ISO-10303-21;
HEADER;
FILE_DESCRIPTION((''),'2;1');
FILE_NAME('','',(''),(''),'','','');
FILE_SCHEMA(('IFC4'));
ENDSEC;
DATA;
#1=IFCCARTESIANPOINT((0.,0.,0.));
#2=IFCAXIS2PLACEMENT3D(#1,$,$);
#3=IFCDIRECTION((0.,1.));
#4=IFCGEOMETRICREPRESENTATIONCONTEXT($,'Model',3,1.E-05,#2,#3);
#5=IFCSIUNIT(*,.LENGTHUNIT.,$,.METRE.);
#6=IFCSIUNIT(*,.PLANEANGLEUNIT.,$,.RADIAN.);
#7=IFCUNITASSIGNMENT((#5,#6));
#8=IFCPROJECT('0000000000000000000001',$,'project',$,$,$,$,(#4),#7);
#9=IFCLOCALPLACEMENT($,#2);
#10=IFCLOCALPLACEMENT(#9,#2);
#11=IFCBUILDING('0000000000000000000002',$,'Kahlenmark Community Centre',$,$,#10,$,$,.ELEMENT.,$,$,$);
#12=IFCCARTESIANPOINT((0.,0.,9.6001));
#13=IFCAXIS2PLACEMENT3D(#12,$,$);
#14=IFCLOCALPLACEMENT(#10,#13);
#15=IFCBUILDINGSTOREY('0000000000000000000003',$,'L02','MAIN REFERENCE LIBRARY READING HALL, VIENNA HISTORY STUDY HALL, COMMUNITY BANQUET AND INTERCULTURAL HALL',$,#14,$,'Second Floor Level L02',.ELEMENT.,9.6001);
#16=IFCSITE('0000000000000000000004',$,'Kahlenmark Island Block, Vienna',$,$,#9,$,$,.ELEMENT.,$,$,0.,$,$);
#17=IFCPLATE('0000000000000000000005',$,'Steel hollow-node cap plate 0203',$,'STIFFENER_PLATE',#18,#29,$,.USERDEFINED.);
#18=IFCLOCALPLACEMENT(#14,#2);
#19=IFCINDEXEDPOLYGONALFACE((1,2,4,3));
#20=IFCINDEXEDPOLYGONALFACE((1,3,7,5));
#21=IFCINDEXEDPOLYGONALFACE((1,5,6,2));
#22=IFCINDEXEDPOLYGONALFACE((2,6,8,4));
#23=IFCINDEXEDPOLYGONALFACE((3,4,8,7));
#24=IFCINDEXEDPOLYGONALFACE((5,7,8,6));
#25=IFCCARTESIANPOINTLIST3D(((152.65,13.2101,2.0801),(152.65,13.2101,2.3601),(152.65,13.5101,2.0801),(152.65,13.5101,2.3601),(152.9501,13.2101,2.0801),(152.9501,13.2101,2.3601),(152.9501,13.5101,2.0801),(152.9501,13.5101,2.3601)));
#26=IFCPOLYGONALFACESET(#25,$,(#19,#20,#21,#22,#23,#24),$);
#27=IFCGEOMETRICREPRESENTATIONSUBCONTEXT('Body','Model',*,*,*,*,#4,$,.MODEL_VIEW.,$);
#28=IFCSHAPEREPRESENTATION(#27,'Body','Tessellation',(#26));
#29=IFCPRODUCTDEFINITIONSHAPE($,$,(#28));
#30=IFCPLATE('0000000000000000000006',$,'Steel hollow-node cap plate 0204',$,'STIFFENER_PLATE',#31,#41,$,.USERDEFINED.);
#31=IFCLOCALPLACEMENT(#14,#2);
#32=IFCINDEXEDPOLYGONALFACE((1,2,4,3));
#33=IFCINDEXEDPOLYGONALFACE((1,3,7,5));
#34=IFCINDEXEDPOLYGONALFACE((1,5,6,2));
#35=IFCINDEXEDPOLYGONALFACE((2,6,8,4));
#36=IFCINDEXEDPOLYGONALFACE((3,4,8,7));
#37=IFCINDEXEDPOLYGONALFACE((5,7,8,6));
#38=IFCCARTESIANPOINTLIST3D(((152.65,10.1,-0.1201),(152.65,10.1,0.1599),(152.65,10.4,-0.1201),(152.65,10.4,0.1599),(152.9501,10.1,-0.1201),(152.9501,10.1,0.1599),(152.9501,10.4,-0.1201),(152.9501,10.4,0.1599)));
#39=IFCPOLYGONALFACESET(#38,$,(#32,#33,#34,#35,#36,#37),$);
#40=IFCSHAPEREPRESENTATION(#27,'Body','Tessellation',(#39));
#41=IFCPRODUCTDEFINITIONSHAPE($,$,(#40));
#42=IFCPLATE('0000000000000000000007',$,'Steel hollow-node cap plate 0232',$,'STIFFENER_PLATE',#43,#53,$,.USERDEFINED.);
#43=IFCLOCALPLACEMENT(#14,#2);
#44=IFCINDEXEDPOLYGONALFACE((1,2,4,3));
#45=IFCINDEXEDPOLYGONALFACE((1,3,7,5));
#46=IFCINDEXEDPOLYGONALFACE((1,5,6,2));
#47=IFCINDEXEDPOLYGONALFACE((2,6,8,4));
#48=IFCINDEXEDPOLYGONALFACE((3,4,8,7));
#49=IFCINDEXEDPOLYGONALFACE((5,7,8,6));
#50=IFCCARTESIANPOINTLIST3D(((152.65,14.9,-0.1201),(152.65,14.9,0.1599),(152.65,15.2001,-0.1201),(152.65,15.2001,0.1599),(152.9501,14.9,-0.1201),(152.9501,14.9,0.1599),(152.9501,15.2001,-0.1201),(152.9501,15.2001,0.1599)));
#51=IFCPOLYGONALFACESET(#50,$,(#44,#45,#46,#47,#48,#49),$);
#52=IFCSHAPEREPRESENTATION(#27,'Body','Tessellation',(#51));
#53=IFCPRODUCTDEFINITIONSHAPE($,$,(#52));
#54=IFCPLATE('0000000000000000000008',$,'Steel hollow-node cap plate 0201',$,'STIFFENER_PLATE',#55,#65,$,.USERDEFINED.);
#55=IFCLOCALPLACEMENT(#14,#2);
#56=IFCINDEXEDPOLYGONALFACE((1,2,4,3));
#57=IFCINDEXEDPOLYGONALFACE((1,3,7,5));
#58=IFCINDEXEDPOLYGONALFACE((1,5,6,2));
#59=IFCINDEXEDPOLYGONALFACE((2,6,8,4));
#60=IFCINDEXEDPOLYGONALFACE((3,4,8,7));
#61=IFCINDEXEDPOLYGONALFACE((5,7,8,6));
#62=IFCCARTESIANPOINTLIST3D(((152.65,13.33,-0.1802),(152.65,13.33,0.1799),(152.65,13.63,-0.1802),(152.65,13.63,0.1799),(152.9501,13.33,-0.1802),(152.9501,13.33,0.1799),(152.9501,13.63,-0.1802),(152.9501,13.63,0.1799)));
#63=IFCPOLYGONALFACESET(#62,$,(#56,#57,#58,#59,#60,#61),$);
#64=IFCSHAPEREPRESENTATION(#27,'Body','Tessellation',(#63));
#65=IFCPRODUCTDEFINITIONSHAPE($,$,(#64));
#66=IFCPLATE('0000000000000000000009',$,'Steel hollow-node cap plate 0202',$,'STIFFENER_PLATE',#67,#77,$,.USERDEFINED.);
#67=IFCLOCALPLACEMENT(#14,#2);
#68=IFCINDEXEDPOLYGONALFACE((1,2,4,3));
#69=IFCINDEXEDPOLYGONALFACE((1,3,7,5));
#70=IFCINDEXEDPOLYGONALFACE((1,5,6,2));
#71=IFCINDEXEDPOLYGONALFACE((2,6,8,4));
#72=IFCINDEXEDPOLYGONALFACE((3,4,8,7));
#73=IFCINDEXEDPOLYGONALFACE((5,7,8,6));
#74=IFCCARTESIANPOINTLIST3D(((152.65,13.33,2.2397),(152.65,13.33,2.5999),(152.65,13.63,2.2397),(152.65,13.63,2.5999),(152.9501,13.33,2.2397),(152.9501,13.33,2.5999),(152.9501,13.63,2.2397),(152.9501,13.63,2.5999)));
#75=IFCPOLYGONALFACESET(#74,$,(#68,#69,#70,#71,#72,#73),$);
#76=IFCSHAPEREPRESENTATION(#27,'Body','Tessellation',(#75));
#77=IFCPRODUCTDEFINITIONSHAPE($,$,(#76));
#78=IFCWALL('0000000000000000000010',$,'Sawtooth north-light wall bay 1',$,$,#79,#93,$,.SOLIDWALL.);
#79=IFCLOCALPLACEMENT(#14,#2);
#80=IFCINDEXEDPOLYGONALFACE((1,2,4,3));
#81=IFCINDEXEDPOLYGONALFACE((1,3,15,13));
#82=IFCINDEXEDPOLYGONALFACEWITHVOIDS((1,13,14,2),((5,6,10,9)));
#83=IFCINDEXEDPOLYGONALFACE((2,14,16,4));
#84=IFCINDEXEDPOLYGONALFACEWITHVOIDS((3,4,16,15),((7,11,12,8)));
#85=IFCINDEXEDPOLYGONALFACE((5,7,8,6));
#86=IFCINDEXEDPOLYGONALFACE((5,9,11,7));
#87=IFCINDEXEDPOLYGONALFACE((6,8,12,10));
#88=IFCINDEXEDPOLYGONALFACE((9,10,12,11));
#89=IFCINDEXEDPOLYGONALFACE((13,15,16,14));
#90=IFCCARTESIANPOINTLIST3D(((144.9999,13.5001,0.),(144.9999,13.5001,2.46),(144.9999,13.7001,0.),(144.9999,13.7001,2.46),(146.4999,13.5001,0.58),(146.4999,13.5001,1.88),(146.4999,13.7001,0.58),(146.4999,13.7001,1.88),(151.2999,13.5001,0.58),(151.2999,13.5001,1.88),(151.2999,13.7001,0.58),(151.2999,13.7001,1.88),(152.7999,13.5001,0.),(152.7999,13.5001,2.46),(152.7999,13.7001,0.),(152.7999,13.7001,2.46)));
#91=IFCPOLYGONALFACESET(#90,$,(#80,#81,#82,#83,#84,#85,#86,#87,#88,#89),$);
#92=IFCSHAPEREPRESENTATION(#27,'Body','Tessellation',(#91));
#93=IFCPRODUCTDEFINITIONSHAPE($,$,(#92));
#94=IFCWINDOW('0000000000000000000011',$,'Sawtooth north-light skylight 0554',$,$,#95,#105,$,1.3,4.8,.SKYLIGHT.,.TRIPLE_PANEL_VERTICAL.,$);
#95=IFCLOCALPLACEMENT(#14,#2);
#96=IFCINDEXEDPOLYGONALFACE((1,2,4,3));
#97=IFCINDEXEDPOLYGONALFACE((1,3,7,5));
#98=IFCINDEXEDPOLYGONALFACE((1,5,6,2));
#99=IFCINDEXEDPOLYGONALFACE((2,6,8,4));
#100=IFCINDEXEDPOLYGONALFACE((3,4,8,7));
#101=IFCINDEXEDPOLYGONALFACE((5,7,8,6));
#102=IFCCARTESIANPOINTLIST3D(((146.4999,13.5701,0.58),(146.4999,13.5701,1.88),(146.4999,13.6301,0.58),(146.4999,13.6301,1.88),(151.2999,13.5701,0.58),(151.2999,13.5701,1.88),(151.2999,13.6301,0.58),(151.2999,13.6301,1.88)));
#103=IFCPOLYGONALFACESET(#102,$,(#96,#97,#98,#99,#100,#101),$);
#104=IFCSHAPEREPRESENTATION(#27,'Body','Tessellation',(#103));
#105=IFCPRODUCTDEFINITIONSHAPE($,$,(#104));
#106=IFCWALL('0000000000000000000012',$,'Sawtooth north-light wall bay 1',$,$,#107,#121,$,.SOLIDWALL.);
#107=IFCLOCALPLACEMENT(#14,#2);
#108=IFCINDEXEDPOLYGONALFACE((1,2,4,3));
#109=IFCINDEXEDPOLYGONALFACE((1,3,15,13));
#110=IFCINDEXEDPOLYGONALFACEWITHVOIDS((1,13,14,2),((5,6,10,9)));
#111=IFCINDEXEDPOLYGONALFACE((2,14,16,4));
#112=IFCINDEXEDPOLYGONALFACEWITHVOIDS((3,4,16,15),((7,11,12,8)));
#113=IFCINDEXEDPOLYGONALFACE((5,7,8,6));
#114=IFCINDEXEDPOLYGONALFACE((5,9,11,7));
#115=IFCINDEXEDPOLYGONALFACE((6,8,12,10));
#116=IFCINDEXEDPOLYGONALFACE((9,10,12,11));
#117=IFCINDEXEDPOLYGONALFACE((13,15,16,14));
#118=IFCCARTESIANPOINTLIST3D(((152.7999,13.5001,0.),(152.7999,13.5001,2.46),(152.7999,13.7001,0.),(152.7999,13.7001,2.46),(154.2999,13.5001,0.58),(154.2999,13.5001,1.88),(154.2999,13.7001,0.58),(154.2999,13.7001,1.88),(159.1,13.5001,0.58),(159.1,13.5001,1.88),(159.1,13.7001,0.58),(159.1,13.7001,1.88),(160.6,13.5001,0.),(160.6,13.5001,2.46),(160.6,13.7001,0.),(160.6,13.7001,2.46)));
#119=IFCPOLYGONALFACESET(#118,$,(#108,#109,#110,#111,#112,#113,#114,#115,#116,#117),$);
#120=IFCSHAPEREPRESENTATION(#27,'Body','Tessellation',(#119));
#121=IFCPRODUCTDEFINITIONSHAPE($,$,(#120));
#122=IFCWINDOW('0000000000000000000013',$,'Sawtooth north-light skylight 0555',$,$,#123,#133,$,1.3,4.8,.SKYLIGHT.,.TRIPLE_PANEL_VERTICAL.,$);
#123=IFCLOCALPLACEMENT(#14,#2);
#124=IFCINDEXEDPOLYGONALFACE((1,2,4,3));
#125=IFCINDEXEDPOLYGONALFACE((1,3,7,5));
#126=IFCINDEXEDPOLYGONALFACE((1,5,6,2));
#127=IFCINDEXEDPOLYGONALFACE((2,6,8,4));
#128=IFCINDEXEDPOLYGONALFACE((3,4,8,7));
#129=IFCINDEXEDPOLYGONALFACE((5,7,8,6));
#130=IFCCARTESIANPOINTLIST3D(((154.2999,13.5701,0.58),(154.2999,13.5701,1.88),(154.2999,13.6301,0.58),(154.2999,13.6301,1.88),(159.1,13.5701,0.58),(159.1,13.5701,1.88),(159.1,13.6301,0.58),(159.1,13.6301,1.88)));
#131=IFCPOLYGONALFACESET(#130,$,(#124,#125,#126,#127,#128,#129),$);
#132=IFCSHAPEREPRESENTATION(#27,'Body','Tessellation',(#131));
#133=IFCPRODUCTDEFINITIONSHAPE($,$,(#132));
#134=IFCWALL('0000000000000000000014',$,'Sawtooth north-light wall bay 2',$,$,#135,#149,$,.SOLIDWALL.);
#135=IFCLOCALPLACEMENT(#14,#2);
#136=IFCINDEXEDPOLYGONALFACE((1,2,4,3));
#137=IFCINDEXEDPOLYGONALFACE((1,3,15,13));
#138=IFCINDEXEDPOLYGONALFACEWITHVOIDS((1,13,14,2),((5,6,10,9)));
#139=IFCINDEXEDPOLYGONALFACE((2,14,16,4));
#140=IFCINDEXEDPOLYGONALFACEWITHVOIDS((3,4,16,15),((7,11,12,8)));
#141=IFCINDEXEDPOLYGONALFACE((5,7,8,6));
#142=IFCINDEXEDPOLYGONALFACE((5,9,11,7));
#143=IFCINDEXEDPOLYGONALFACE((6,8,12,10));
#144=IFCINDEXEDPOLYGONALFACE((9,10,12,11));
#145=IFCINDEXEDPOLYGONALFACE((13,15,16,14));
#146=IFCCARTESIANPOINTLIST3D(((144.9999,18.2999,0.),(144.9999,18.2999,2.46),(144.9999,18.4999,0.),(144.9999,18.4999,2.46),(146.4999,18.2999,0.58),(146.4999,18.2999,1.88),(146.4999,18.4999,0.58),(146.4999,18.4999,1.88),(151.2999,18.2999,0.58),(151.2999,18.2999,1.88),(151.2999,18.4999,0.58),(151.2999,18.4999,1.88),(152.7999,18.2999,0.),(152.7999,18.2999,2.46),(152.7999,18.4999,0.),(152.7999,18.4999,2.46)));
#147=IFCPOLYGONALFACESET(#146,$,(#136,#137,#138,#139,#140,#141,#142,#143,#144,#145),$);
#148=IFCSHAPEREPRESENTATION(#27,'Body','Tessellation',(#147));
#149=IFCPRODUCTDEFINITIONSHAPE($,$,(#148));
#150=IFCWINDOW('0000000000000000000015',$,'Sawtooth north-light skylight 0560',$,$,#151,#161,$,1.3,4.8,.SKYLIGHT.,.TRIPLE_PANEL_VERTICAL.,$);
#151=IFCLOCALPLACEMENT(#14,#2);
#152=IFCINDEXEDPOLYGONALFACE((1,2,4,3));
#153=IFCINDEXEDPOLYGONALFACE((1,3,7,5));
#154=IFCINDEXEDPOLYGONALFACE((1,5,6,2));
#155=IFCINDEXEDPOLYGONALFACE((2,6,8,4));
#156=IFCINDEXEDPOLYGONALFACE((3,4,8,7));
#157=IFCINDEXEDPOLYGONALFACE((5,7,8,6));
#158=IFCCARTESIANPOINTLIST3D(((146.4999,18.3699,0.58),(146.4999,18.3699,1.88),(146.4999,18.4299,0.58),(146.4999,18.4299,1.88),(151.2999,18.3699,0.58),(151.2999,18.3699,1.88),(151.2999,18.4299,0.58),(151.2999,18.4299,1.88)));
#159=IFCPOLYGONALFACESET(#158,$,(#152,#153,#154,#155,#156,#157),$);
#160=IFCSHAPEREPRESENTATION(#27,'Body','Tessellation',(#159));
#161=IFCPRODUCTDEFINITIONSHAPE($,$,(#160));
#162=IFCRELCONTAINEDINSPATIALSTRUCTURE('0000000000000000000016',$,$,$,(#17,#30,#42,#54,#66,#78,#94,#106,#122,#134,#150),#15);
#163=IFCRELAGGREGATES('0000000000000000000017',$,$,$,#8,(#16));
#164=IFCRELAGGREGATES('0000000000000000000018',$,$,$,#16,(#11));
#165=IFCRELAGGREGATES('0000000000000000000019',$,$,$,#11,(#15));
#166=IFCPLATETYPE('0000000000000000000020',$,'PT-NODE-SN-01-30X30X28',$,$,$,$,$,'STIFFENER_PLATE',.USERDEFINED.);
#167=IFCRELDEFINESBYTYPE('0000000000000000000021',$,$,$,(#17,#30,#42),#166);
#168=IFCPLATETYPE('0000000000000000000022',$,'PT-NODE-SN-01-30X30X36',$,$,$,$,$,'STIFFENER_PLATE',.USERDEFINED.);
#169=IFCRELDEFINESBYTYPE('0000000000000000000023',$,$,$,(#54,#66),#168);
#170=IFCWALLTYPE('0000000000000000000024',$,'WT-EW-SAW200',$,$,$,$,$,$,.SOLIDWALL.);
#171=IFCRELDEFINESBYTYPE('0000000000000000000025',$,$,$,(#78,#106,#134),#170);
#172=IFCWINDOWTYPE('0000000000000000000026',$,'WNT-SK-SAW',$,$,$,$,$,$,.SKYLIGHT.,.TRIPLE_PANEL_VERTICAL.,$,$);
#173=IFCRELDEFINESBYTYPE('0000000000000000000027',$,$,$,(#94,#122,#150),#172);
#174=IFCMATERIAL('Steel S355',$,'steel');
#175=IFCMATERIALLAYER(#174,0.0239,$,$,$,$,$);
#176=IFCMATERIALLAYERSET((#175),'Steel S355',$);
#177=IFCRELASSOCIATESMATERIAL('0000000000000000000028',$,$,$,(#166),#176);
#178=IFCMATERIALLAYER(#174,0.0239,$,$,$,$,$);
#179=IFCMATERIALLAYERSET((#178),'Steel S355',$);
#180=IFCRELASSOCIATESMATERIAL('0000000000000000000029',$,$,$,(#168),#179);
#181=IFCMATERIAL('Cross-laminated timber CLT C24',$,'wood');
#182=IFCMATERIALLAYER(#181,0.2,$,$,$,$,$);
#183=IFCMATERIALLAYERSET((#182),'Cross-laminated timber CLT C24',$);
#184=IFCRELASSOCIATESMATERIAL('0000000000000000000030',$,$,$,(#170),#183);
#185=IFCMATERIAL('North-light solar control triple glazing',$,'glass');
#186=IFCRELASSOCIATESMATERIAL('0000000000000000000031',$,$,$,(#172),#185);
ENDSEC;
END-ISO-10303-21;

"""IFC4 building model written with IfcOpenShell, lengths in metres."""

from ifc_helpers import new_model, si_unit, direction, frame, frame_2d, origin, origin_2d, place, context, subcontext, project, spatial, rectangle, extrude, material, layer, layer_set, type_object, element, fill, save


model = new_model("IFC4")

# Units and contexts
model_context = context("Model", 3, precision=1e-05, world=origin(), true_north=direction((0.0, 1.0)))
body_context = subcontext(model_context, "Body", "Model", "MODEL_VIEW")
ifc_project = project(units=[si_unit("LENGTHUNIT", "METRE"), si_unit("PLANEANGLEUNIT", "RADIAN")], contexts=[model_context])

# Site, building, storey
site_placement = place(None, origin())
site = spatial("IfcSite", under=ifc_project, at=site_placement, Name="Kahlenmark Island Block, Vienna", CompositionType="ELEMENT", RefElevation=0.0)
building_placement = place(site_placement, origin())
building = spatial("IfcBuilding", under=site, at=building_placement, Name="Kahlenmark Community Centre", CompositionType="ELEMENT")
storey_placement = place(building_placement, frame((0.0, 0.0, 9.6001)))
storey = spatial("IfcBuildingStorey", under=building, at=storey_placement, Name="L02", Description="MAIN REFERENCE LIBRARY READING HALL, VIENNA HISTORY STUDY HALL, COMMUNITY BANQUET AND INTERCULTURAL HALL", LongName="Second Floor Level L02", CompositionType="ELEMENT", Elevation=9.6001)

# Shared definitions
ifc_material_1 = material(Name="Steel S355", Category="steel")

# Plates
ifc_layer_1 = layer(ifc_material_1, 0.0239)
ifc_layer_set_1 = layer_set([ifc_layer_1], Name="Steel S355")
plate_type_1 = type_object("IfcPlateType", Name="PT-NODE-SN-01-30X30X28", ElementType="STIFFENER_PLATE", PredefinedType="USERDEFINED", material=ifc_layer_set_1)
for number, where, z_axis, x_axis, name in (
    (1, (152.8, 13.3601, 2.0801), (0.0, 0.0, 1.0), (1.0, 0.0, 0.0), "Steel hollow-node cap plate 0203"),
    (2, (152.8, 10.25, -0.1201), (0.0, 0.0, 1.0), (1.0, 0.0, 0.0), "Steel hollow-node cap plate 0204"),
    (3, (152.8, 15.05, -0.1201), (0.0, 0.0, 1.0), (1.0, 0.0, 0.0), "Steel hollow-node cap plate 0232"),
):
    element("IfcPlate", number, at=place(storey_placement, frame(where, z_axis=z_axis, x_axis=x_axis)), inside=storey, type_object=plate_type_1, Name=name, ObjectType="STIFFENER_PLATE", PredefinedType="USERDEFINED", context=body_context, shape_type="SweptSolid", body=[
        extrude(rectangle(XDim=0.3, YDim=0.3, at=origin_2d()), origin(), (0.0, 0.0, 1.0), 0.28),
    ])
ifc_layer_2 = layer(ifc_material_1, 0.0239)
ifc_layer_set_2 = layer_set([ifc_layer_2], Name="Steel S355")
plate_type_2 = type_object("IfcPlateType", Name="PT-NODE-SN-01-30X30X36", ElementType="STIFFENER_PLATE", PredefinedType="USERDEFINED", material=ifc_layer_set_2)
for number, where, z_axis, x_axis, name in (
    (4, (152.8, 13.48, -0.1802), (0.0, 0.0, 1.0), (1.0, 0.0, 0.0), "Steel hollow-node cap plate 0201"),
    (5, (152.8, 13.48, 2.2397), (0.0, 0.0, 1.0), (1.0, 0.0, 0.0), "Steel hollow-node cap plate 0202"),
):
    element("IfcPlate", number, at=place(storey_placement, frame(where, z_axis=z_axis, x_axis=x_axis)), inside=storey, type_object=plate_type_2, Name=name, ObjectType="STIFFENER_PLATE", PredefinedType="USERDEFINED", context=body_context, shape_type="SweptSolid", body=[
        extrude(rectangle(XDim=0.3, YDim=0.3, at=origin_2d()), origin(), (0.0, 0.0, 1.0), 0.3601),
    ])

# Walls, openings, windows
ifc_material_2 = material(Name="Cross-laminated timber CLT C24", Category="wood")
ifc_layer_3 = layer(ifc_material_2, 0.2)
ifc_layer_set_3 = layer_set([ifc_layer_3], Name="Cross-laminated timber CLT C24")
wall_type = type_object("IfcWallType", Name="WT-EW-SAW200", PredefinedType="SOLIDWALL", material=ifc_layer_set_3)
wall_1_placement = place(storey_placement, frame((145.0, 13.6001, 0.0), z_axis=(0.0, 0.0, 1.0), x_axis=(1.0, 0.0, 0.0)))
wall_1 = element("IfcWall", 6, at=wall_1_placement, inside=storey, type_object=wall_type, Name="Sawtooth north-light wall bay 1", PredefinedType="SOLIDWALL", context=body_context, shape_type="SweptSolid", body=[
    extrude(rectangle(XDim=7.8, YDim=0.2, at=frame_2d((3.8999, 0.0))), origin(), (0.0, 0.0, 1.0), 2.46),
])
opening_1_placement = place(wall_1_placement, frame((1.5, 0.0, 0.5801)))
opening_1 = element("IfcOpeningElement", 7, at=opening_1_placement, cuts=wall_1, PredefinedType="OPENING", context=body_context, shape_type="SweptSolid", body=[
    extrude(rectangle(XDim=4.8, YDim=1.3, at=frame_2d((2.3999, 0.6499))), frame((0.0, 0.1099, 0.0), z_axis=(0.0, -1.0, 0.0), x_axis=(1.0, 0.0, 0.0)), (0.0, 0.0, 1.0), 0.22),
])
ifc_material_3 = material(Name="North-light solar control triple glazing", Category="glass")
window_type = type_object("IfcWindowType", Name="WNT-SK-SAW", PartitioningType="TRIPLE_PANEL_VERTICAL", PredefinedType="SKYLIGHT", material=ifc_material_3)
window_1_placement = place(opening_1_placement, origin())
window_1 = element("IfcWindow", 8, at=window_1_placement, inside=storey, type_object=window_type, Name="Sawtooth north-light skylight 0554", OverallHeight=1.3, OverallWidth=4.8, PartitioningType="TRIPLE_PANEL_VERTICAL", PredefinedType="SKYLIGHT", context=body_context, shape_type="SweptSolid", body=[
    extrude(rectangle(XDim=4.8, YDim=1.3, at=frame_2d((2.3999, 0.6499))), frame((0.0, 0.03, 0.0), z_axis=(0.0, -1.0, 0.0), x_axis=(1.0, 0.0, 0.0)), (0.0, 0.0, 1.0), 0.0601),
])
fill(opening_1, window_1)
wall_2_placement = place(storey_placement, frame((152.8, 13.6001, 0.0), z_axis=(0.0, 0.0, 1.0), x_axis=(1.0, 0.0, 0.0)))
wall_2 = element("IfcWall", 9, at=wall_2_placement, inside=storey, type_object=wall_type, Name="Sawtooth north-light wall bay 1", PredefinedType="SOLIDWALL", context=body_context, shape_type="SweptSolid", body=[
    extrude(rectangle(XDim=7.8, YDim=0.2, at=frame_2d((3.8999, 0.0))), origin(), (0.0, 0.0, 1.0), 2.46),
])
opening_2_placement = place(wall_2_placement, frame((1.5, 0.0, 0.5801)))
opening_2 = element("IfcOpeningElement", 10, at=opening_2_placement, cuts=wall_2, PredefinedType="OPENING", context=body_context, shape_type="SweptSolid", body=[
    extrude(rectangle(XDim=4.8, YDim=1.3, at=frame_2d((2.3999, 0.6499))), frame((0.0, 0.1099, 0.0), z_axis=(0.0, -1.0, 0.0), x_axis=(1.0, 0.0, 0.0)), (0.0, 0.0, 1.0), 0.22),
])
window_2_placement = place(opening_2_placement, origin())
window_2 = element("IfcWindow", 11, at=window_2_placement, inside=storey, type_object=window_type, Name="Sawtooth north-light skylight 0555", OverallHeight=1.3, OverallWidth=4.8, PartitioningType="TRIPLE_PANEL_VERTICAL", PredefinedType="SKYLIGHT", context=body_context, shape_type="SweptSolid", body=[
    extrude(rectangle(XDim=4.8, YDim=1.3, at=frame_2d((2.3999, 0.6499))), frame((0.0, 0.03, 0.0), z_axis=(0.0, -1.0, 0.0), x_axis=(1.0, 0.0, 0.0)), (0.0, 0.0, 1.0), 0.0601),
])
fill(opening_2, window_2)
wall_3_placement = place(storey_placement, frame((145.0, 18.3999, 0.0), z_axis=(0.0, 0.0, 1.0), x_axis=(1.0, 0.0, 0.0)))
wall_3 = element("IfcWall", 12, at=wall_3_placement, inside=storey, type_object=wall_type, Name="Sawtooth north-light wall bay 2", PredefinedType="SOLIDWALL", context=body_context, shape_type="SweptSolid", body=[
    extrude(rectangle(XDim=7.8, YDim=0.2, at=frame_2d((3.8999, 0.0))), origin(), (0.0, 0.0, 1.0), 2.46),
])
opening_3_placement = place(wall_3_placement, frame((1.5, 0.0, 0.5801)))
opening_3 = element("IfcOpeningElement", 13, at=opening_3_placement, cuts=wall_3, PredefinedType="OPENING", context=body_context, shape_type="SweptSolid", body=[
    extrude(rectangle(XDim=4.8, YDim=1.3, at=frame_2d((2.3999, 0.6499))), frame((0.0, 0.1099, 0.0), z_axis=(0.0, -1.0, 0.0), x_axis=(1.0, 0.0, 0.0)), (0.0, 0.0, 1.0), 0.22),
])
window_3_placement = place(opening_3_placement, origin())
window_3 = element("IfcWindow", 14, at=window_3_placement, inside=storey, type_object=window_type, Name="Sawtooth north-light skylight 0560", OverallHeight=1.3, OverallWidth=4.8, PartitioningType="TRIPLE_PANEL_VERTICAL", PredefinedType="SKYLIGHT", context=body_context, shape_type="SweptSolid", body=[
    extrude(rectangle(XDim=4.8, YDim=1.3, at=frame_2d((2.3999, 0.6499))), frame((0.0, 0.03, 0.0), z_axis=(0.0, -1.0, 0.0), x_axis=(1.0, 0.0, 0.0)), (0.0, 0.0, 1.0), 0.0601),
])
fill(opening_3, window_3)

save(model, "model.ifc")
